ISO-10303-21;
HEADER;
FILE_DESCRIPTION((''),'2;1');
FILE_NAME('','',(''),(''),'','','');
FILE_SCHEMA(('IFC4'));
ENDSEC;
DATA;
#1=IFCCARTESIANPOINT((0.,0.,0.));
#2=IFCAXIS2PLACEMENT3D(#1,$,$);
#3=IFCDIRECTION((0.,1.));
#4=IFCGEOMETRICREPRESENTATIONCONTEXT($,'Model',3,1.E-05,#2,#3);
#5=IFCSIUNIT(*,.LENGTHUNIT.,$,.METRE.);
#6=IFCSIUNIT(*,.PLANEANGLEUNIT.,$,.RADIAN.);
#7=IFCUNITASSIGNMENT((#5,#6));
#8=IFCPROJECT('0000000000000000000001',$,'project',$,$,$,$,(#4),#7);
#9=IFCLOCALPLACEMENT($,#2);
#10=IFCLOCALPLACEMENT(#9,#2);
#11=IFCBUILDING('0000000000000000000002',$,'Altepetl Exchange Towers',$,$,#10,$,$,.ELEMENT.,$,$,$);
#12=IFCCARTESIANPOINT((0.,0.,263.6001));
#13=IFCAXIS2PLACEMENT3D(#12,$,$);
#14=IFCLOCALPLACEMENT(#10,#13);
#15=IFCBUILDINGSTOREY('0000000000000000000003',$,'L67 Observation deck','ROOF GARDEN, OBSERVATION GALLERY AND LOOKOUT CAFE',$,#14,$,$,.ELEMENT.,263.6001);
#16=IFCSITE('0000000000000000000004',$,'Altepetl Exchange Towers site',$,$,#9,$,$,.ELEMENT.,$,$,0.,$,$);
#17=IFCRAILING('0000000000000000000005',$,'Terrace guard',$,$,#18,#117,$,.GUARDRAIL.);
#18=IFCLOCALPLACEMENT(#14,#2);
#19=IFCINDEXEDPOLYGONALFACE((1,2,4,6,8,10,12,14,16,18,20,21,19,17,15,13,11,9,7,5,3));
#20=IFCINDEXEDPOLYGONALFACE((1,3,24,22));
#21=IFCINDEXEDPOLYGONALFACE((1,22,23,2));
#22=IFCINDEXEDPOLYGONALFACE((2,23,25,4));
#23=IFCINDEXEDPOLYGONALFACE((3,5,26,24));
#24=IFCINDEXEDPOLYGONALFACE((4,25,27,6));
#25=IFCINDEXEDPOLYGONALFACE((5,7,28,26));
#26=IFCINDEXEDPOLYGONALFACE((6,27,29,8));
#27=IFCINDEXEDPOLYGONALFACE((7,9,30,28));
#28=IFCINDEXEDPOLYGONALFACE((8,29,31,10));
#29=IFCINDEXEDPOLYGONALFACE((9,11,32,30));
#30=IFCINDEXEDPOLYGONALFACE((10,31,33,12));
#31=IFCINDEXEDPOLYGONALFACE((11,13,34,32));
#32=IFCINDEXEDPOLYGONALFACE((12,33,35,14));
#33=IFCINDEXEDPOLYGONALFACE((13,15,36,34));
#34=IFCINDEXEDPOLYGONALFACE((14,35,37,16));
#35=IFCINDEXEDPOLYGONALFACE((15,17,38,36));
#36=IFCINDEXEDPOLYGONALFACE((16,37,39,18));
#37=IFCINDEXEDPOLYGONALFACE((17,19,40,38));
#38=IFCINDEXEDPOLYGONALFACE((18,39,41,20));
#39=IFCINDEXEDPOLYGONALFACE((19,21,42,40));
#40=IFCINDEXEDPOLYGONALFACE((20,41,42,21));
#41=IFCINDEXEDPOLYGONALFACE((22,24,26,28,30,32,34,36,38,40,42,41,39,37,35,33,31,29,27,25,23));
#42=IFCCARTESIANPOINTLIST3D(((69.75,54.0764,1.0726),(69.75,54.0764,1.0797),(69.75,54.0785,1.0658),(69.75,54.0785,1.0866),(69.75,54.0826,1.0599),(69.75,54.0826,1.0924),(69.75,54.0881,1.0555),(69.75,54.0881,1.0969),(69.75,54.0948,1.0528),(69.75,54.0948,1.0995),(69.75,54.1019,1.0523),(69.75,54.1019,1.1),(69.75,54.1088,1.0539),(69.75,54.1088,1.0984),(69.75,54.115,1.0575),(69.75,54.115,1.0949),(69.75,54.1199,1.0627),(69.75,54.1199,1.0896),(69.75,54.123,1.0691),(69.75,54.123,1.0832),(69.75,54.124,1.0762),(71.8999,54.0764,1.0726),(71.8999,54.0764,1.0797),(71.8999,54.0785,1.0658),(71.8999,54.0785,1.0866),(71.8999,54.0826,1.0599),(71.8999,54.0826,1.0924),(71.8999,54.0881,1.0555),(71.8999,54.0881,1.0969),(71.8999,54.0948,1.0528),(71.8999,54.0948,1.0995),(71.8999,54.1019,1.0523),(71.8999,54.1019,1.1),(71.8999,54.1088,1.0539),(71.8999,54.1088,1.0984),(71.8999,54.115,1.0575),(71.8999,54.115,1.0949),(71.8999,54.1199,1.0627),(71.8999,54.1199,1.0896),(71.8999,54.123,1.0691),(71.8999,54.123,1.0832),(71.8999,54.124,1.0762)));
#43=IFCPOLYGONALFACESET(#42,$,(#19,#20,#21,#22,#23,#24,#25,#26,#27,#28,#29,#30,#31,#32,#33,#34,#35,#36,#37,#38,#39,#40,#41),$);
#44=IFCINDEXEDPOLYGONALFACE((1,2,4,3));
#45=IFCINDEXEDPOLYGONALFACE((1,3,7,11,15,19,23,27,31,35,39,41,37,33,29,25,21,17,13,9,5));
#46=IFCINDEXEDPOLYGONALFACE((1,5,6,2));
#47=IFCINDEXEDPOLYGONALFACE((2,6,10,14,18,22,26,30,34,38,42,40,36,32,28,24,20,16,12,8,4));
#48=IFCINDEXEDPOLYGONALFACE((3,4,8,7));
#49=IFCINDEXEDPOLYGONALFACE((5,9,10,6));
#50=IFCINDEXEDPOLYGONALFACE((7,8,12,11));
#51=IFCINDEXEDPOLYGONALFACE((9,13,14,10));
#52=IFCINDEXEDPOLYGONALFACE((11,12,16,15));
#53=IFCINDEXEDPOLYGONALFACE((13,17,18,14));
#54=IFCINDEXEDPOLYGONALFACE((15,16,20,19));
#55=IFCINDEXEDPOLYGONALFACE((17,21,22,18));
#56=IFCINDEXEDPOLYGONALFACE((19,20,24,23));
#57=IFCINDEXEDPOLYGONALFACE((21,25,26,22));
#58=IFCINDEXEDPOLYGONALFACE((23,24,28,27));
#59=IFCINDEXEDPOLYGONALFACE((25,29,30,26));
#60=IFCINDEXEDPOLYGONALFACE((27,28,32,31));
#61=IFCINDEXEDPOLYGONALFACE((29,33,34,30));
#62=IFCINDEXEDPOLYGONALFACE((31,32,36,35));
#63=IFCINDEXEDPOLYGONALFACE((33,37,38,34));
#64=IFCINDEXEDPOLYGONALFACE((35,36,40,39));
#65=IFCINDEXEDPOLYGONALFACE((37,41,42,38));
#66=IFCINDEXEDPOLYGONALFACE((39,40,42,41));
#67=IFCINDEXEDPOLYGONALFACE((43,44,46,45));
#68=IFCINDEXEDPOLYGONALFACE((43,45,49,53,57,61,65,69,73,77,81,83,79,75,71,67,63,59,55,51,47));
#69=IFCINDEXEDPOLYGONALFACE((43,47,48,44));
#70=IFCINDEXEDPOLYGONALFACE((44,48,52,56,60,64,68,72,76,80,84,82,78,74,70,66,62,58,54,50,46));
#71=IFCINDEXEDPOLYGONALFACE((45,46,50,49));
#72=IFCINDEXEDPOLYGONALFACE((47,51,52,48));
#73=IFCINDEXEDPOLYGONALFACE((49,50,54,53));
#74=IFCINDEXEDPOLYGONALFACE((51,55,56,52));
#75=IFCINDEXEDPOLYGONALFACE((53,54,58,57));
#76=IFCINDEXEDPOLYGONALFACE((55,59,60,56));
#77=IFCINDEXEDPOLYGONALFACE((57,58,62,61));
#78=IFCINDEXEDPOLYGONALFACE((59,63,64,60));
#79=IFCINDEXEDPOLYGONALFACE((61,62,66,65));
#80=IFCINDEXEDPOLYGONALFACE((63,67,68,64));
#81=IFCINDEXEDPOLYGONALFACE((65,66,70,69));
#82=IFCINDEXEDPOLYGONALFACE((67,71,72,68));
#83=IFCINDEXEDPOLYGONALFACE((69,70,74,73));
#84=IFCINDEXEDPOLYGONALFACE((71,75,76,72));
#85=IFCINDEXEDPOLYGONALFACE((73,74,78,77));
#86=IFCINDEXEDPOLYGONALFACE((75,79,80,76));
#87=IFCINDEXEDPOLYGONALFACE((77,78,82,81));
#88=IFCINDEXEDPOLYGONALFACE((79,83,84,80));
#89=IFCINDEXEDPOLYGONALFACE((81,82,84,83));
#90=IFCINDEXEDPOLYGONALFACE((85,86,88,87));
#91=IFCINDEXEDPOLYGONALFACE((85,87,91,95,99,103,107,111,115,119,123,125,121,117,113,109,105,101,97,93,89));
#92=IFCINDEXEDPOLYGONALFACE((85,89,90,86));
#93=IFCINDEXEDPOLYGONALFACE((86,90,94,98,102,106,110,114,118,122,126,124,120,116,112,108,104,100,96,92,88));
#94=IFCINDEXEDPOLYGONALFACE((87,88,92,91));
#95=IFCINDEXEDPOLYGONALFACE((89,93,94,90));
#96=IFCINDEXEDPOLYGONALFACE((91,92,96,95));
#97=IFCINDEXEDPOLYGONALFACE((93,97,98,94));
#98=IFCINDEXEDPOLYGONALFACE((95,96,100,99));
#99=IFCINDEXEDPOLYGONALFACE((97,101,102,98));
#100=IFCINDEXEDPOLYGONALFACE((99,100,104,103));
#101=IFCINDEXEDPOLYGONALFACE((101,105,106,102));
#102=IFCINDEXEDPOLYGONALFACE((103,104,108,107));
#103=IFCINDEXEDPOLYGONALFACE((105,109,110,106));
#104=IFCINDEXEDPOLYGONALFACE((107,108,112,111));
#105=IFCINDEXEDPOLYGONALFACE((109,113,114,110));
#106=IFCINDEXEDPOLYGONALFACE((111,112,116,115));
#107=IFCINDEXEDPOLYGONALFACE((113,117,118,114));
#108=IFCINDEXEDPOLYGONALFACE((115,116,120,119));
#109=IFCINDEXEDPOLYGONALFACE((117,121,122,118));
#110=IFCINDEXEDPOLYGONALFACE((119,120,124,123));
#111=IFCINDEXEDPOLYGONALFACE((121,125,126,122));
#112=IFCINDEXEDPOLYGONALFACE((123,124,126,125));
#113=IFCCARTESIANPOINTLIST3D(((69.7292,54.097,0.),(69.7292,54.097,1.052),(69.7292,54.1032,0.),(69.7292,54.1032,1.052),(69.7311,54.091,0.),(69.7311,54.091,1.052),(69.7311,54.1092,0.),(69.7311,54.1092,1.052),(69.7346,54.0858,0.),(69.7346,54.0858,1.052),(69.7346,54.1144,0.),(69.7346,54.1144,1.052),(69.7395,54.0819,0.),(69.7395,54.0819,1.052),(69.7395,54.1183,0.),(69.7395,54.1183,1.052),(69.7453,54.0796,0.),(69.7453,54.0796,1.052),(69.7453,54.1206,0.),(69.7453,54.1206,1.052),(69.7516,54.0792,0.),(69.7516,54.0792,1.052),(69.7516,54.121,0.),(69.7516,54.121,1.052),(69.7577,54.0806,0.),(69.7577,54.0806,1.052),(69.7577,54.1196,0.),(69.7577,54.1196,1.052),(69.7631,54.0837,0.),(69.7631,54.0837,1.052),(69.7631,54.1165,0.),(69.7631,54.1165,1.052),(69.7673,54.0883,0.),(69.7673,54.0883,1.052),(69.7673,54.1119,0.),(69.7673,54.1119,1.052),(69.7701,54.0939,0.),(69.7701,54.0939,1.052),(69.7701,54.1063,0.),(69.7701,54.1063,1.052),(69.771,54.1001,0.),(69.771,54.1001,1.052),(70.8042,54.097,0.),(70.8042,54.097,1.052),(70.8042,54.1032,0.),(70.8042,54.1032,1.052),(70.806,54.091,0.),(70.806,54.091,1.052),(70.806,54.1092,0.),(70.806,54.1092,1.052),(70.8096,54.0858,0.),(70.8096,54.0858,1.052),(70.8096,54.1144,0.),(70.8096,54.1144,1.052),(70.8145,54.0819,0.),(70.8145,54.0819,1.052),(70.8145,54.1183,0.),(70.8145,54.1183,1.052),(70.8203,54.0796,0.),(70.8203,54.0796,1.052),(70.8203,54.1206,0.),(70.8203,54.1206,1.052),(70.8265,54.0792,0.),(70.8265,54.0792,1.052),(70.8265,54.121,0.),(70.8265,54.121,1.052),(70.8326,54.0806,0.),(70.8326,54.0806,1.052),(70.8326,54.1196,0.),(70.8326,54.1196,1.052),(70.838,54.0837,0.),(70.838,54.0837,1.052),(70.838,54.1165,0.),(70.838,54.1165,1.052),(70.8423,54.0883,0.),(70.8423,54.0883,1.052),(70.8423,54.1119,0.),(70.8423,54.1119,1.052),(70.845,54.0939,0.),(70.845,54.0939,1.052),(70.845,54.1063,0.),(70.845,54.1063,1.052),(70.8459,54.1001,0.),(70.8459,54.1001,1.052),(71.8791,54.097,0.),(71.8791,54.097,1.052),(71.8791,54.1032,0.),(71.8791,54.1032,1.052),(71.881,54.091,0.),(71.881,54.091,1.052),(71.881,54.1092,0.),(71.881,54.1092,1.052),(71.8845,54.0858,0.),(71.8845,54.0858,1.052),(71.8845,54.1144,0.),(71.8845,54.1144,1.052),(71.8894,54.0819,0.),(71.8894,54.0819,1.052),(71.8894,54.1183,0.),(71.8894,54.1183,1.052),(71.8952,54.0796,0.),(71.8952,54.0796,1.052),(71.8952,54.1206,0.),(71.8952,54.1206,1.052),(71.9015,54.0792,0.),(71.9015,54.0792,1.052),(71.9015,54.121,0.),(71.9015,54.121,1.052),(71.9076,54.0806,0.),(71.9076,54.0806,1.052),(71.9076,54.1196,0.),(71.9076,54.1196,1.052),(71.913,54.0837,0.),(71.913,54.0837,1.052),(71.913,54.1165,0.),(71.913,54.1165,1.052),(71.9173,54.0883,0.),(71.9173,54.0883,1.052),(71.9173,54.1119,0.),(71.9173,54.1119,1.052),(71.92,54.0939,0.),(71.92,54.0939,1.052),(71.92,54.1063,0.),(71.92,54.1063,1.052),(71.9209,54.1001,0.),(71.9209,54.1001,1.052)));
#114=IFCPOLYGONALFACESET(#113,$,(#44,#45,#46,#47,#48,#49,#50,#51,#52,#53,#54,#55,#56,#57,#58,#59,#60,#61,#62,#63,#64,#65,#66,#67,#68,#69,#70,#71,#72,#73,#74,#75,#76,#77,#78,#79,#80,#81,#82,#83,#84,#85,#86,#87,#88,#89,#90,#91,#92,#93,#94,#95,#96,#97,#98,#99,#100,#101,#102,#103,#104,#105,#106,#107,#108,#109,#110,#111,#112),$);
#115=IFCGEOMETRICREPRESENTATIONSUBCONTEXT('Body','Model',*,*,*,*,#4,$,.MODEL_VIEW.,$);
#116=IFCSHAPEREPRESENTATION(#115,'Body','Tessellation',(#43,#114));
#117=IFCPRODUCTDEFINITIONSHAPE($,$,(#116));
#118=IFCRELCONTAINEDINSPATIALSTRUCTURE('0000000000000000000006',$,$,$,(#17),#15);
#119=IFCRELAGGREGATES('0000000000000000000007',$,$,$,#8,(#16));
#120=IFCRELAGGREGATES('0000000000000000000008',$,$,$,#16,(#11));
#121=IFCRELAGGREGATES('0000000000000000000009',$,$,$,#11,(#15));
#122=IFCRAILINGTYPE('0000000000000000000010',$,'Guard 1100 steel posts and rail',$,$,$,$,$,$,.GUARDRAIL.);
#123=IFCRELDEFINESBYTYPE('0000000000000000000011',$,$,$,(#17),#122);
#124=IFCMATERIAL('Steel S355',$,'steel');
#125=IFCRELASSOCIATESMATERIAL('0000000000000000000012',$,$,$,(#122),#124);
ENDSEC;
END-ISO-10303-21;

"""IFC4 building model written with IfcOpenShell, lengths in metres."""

from ifc_helpers import new_model, si_unit, direction, frame, origin, origin_2d, place, context, subcontext, project, spatial, circle, extrude, source, transform, mapped, material, type_object, element, save


model = new_model("IFC4")

# Units and contexts
model_context = context("Model", 3, precision=1e-05, world=origin(), true_north=direction((0.0, 1.0)))
body_context = subcontext(model_context, "Body", "Model", "MODEL_VIEW")
ifc_project = project(units=[si_unit("LENGTHUNIT", "METRE"), si_unit("PLANEANGLEUNIT", "RADIAN")], contexts=[model_context])

# Site, building, storey
site_placement = place(None, origin())
site = spatial("IfcSite", under=ifc_project, at=site_placement, Name="Altepetl Exchange Towers site", CompositionType="ELEMENT", RefElevation=0.0)
building_placement = place(site_placement, origin())
building = spatial("IfcBuilding", under=site, at=building_placement, Name="Altepetl Exchange Towers", CompositionType="ELEMENT")
storey_placement = place(building_placement, frame((0.0, 0.0, 263.6001)))
storey = spatial("IfcBuildingStorey", under=building, at=storey_placement, Name="L67 Observation deck", Description="ROOF GARDEN, OBSERVATION GALLERY AND LOOKOUT CAFE", CompositionType="ELEMENT", Elevation=263.6001)

# Railing
ifc_material_1 = material(Name="Steel S355", Category="steel")
railing_type = type_object("IfcRailingType", Name="Guard 1100 steel posts and rail", PredefinedType="GUARDRAIL", material=ifc_material_1)
shared_shape = source(origin(), body_context, "Body", "SweptSolid", [
    extrude(circle(Radius=0.021, at=origin_2d()), origin(), (0.0, 0.0, 1.0), 1.052),
])
railing_1_placement = place(storey_placement, frame((69.75, 54.1001, 0.0)))
element("IfcRailing", 1, at=railing_1_placement, inside=storey, type_object=railing_type, Name="Terrace guard", PredefinedType="GUARDRAIL", context=body_context, shape_type="SweptSolid", body=[
    extrude(circle(Radius=0.0239, at=origin_2d()), frame((0.0, 0.0, 1.0762), z_axis=(1.0, 0.0, 0.0), x_axis=(0.0, 1.0, 0.0)), (0.0, 0.0, 1.0), 2.1499),
    mapped(shared_shape, transform((0.0, 0.0, 0.0))),
    mapped(shared_shape, transform((1.075, 0.0, 0.0))),
    mapped(shared_shape, transform((2.1499, 0.0, 0.0))),
])

save(model, "model.ifc")
